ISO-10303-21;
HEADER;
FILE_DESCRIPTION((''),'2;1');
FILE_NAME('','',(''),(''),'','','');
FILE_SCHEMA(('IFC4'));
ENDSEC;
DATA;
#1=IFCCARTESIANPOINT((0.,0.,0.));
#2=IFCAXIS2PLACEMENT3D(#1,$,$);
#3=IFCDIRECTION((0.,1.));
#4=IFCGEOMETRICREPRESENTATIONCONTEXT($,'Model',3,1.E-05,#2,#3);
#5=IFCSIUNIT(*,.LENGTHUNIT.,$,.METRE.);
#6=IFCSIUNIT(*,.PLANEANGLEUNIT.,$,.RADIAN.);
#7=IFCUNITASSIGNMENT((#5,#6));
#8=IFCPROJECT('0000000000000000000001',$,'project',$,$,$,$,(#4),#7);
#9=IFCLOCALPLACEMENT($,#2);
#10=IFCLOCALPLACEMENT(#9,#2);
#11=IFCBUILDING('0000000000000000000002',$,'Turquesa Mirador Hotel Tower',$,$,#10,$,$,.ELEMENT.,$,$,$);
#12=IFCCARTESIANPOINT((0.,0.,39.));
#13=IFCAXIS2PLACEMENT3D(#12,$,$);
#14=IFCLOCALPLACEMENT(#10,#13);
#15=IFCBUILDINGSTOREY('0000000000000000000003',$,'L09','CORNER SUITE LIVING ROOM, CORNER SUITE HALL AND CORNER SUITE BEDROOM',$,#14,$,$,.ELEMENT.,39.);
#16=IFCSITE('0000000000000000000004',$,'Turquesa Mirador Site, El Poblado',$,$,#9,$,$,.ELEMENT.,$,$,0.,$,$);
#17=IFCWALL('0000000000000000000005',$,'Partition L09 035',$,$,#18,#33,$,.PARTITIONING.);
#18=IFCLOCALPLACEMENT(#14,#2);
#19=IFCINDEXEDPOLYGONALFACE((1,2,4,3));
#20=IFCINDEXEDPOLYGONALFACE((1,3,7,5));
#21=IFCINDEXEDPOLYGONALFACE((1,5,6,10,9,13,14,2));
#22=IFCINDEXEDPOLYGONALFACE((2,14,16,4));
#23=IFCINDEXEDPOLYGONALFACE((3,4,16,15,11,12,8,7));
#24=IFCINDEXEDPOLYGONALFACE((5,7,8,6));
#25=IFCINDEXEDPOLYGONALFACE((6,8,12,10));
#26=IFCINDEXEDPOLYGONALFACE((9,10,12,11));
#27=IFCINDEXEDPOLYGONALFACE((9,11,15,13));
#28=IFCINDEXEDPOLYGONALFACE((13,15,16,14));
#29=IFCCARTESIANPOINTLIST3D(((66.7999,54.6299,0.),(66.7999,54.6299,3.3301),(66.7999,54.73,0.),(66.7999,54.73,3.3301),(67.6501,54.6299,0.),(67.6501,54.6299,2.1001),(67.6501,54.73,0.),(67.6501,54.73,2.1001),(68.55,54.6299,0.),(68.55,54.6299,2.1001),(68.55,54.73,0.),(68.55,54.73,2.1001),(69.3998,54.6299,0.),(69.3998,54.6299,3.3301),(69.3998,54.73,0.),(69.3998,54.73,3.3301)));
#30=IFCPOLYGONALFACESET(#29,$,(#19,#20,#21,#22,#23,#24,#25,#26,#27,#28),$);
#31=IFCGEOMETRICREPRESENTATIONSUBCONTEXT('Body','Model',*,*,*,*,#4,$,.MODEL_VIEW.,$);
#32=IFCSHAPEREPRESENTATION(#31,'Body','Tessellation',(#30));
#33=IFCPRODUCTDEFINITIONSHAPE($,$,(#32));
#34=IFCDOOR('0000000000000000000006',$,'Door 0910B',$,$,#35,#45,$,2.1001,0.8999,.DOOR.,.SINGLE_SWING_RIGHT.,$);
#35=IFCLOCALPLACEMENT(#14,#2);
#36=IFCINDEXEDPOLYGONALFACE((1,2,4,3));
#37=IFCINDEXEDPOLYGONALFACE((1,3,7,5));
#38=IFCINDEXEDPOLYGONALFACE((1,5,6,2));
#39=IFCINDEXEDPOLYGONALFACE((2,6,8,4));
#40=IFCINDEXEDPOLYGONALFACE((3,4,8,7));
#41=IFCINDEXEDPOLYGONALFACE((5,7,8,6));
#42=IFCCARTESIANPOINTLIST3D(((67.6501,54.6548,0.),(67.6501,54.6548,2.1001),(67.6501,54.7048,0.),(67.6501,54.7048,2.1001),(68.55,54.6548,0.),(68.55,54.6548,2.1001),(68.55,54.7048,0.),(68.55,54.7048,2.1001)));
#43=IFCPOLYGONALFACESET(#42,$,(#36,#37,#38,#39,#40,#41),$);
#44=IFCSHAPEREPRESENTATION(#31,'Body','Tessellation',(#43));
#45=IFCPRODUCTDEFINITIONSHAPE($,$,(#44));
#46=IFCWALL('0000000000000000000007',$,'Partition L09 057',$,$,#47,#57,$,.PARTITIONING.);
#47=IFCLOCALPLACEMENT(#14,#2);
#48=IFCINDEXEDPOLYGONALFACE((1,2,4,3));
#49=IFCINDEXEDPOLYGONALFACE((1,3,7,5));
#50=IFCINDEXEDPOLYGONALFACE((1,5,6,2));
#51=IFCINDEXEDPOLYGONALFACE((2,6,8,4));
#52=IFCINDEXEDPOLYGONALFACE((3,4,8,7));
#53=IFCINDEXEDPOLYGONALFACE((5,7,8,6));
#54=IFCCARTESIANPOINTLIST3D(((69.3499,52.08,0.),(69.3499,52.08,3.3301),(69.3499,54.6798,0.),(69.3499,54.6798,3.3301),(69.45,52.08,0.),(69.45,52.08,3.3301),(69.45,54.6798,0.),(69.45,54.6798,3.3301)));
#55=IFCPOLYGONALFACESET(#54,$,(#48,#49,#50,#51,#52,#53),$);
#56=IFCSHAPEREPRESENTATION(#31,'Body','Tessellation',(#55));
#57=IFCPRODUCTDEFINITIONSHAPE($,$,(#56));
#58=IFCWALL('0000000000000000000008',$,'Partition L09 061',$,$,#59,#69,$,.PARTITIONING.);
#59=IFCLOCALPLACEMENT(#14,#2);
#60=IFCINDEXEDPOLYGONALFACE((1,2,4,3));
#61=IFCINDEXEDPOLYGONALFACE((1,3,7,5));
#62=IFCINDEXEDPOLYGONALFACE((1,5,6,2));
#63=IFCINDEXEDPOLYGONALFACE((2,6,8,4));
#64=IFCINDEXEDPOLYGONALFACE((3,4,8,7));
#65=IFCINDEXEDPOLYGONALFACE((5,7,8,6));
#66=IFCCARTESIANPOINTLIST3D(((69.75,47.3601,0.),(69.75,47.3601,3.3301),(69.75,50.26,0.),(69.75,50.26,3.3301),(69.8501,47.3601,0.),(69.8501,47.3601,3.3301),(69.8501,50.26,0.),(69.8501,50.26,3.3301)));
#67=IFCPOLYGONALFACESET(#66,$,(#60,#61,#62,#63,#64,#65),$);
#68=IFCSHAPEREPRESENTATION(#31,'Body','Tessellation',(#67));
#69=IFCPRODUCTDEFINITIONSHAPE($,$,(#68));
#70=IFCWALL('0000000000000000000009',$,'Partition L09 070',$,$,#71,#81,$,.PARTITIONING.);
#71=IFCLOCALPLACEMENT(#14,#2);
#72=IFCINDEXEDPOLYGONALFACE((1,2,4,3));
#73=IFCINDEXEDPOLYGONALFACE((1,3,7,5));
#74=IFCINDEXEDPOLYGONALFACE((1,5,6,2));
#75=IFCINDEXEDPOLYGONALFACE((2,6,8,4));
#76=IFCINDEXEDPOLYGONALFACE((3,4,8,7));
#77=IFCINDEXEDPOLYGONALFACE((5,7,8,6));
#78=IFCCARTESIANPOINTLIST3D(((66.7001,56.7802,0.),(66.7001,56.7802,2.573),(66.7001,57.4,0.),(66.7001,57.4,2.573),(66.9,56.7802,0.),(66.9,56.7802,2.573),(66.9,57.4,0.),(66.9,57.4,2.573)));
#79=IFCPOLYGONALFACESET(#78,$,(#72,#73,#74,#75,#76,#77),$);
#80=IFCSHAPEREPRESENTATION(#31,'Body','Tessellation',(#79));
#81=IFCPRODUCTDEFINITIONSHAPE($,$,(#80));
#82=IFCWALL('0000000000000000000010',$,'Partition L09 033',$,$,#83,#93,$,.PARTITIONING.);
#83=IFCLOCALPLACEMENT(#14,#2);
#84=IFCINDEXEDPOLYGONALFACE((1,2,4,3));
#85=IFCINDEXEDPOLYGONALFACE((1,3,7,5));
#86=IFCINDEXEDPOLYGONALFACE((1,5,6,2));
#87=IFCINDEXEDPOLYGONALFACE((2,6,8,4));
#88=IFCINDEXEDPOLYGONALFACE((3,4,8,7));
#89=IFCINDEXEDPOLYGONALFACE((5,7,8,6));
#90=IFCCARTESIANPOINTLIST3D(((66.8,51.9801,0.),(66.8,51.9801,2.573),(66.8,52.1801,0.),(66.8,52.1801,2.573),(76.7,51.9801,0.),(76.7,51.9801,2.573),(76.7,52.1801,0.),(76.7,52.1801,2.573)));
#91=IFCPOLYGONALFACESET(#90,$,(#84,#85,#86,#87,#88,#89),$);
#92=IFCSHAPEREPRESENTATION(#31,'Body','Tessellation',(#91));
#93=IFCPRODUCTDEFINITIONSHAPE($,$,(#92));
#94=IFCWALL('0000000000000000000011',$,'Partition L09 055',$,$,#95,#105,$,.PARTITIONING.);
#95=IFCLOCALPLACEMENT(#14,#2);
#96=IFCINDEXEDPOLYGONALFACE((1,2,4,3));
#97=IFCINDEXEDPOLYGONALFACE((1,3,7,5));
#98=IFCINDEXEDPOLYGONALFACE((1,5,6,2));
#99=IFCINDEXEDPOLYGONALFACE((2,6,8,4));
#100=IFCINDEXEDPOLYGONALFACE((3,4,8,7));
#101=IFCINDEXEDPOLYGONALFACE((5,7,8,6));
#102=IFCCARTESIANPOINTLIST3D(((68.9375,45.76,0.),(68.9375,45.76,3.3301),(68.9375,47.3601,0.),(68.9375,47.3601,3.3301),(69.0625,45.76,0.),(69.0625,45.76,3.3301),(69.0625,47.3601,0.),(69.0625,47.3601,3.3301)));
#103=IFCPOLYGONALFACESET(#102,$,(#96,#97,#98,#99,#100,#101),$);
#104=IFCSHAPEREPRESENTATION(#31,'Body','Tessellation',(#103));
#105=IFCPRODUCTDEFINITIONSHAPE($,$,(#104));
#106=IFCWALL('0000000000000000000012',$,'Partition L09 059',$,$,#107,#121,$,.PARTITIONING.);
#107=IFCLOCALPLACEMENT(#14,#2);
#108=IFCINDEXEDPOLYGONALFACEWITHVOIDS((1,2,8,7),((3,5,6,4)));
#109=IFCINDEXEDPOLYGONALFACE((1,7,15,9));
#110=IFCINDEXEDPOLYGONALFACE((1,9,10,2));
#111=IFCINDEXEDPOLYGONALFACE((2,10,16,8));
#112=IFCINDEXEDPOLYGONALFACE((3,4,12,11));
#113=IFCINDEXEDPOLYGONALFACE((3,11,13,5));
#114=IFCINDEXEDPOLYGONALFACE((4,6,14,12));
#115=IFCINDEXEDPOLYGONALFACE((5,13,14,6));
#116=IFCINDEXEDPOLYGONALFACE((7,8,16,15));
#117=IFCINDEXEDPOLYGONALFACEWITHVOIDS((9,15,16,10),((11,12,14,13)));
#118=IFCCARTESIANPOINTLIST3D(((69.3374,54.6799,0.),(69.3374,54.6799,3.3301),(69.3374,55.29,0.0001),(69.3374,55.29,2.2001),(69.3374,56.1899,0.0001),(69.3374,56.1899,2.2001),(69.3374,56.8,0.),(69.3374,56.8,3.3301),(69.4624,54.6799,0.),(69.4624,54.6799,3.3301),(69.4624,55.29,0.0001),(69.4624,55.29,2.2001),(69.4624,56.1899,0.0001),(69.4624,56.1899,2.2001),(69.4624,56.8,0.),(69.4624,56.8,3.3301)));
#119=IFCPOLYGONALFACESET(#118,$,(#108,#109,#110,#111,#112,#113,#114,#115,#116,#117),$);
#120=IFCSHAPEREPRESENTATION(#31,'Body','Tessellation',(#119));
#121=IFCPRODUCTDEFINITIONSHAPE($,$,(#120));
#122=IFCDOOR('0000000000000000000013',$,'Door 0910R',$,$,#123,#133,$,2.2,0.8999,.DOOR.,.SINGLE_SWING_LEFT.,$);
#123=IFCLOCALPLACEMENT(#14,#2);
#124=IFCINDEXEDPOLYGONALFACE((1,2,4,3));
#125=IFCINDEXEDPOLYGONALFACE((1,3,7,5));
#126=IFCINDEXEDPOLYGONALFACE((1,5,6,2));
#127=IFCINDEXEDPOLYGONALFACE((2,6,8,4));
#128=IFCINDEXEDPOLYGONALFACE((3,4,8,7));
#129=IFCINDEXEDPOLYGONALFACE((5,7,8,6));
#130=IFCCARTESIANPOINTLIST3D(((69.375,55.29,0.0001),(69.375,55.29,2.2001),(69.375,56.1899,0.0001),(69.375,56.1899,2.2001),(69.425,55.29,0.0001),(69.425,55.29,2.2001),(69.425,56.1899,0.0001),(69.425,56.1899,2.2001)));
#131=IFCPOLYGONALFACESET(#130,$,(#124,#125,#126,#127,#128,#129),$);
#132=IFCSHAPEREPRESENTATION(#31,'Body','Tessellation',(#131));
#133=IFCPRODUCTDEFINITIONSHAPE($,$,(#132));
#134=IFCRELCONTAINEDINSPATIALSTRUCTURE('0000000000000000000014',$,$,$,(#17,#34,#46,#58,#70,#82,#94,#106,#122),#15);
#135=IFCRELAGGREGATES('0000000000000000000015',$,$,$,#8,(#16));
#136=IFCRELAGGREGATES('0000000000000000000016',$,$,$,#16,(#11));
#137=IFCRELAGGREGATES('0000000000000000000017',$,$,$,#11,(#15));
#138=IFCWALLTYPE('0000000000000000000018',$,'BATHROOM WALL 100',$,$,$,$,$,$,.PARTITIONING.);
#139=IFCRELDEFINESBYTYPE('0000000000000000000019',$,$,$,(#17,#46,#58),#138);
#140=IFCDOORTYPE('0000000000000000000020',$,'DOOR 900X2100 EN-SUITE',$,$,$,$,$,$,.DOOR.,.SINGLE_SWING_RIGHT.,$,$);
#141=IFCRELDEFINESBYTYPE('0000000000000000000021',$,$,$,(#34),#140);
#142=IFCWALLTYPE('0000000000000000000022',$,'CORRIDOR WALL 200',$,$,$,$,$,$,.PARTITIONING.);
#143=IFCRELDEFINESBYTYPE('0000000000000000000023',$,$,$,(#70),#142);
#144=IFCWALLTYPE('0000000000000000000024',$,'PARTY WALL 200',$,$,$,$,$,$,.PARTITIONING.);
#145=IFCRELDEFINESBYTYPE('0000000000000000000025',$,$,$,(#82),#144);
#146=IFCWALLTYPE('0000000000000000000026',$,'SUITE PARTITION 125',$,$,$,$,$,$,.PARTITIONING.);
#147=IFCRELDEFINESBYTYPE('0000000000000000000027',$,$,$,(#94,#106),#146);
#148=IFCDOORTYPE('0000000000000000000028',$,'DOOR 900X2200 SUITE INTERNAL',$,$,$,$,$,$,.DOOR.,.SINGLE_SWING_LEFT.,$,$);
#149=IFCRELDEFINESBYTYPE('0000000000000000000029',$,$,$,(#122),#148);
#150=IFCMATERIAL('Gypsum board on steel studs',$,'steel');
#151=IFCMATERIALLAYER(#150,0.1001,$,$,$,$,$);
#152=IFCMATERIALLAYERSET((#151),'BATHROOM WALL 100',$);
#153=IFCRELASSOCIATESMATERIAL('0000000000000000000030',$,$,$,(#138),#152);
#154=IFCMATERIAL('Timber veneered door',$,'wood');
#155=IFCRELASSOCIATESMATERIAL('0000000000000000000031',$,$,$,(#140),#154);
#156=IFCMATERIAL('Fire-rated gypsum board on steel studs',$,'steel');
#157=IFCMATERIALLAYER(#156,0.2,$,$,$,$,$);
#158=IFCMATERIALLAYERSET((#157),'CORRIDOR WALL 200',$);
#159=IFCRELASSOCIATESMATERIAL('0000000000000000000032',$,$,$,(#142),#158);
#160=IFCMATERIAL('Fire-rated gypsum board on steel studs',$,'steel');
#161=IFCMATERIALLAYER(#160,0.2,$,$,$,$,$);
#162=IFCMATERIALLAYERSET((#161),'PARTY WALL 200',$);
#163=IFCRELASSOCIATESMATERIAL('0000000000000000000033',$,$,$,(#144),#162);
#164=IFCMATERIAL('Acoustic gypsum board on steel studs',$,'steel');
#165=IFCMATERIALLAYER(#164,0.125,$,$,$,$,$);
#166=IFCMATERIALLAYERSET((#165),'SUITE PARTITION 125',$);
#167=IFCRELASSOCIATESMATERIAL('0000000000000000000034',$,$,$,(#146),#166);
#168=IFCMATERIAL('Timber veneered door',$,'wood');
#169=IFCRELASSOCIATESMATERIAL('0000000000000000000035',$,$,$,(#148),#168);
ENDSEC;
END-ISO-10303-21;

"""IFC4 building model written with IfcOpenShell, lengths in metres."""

from ifc_helpers import new_model, si_unit, direction, frame, frame_2d, origin, place, context, subcontext, project, spatial, rectangle, extrude, material, layer, layer_set, type_object, element, fill, save


model = new_model("IFC4")

# Units and contexts
model_context = context("Model", 3, precision=1e-05, world=origin(), true_north=direction((0.0, 1.0)))
body_context = subcontext(model_context, "Body", "Model", "MODEL_VIEW")
ifc_project = project(units=[si_unit("LENGTHUNIT", "METRE"), si_unit("PLANEANGLEUNIT", "RADIAN")], contexts=[model_context])

# Site, building, storey
site_placement = place(None, origin())
site = spatial("IfcSite", under=ifc_project, at=site_placement, Name="Turquesa Mirador Site, El Poblado", CompositionType="ELEMENT", RefElevation=0.0)
building_placement = place(site_placement, origin())
building = spatial("IfcBuilding", under=site, at=building_placement, Name="Turquesa Mirador Hotel Tower", CompositionType="ELEMENT")
storey_placement = place(building_placement, frame((0.0, 0.0, 39.0)))
storey = spatial("IfcBuildingStorey", under=building, at=storey_placement, Name="L09", Description="CORNER SUITE LIVING ROOM, CORNER SUITE HALL AND CORNER SUITE BEDROOM", CompositionType="ELEMENT", Elevation=39.0)

# Wall, opening, door
ifc_material_1 = material(Name="Gypsum board on steel studs", Category="steel")
ifc_layer_1 = layer(ifc_material_1, 0.1001)
ifc_layer_set_1 = layer_set([ifc_layer_1], Name="BATHROOM WALL 100")
wall_type_1 = type_object("IfcWallType", Name="BATHROOM WALL 100", PredefinedType="PARTITIONING", material=ifc_layer_set_1)
wall_1_placement = place(storey_placement, frame((66.8, 54.6799, 0.0), z_axis=(0.0, 0.0, 1.0), x_axis=(1.0, 0.0, 0.0)))
wall_1 = element("IfcWall", 1, at=wall_1_placement, inside=storey, type_object=wall_type_1, Name="Partition L09 035", PredefinedType="PARTITIONING", context=body_context, shape_type="SweptSolid", body=[
    extrude(rectangle(XDim=2.5999, YDim=0.1001, at=frame_2d((1.2998, 0.0))), origin(), (0.0, 0.0, 1.0), 3.3301),
])
opening_1_placement = place(wall_1_placement, frame((0.8501, 0.0, 0.0)))
opening_1 = element("IfcOpeningElement", 2, at=opening_1_placement, cuts=wall_1, PredefinedType="OPENING", context=body_context, shape_type="SweptSolid", body=[
    extrude(rectangle(XDim=0.8999, YDim=2.1001, at=frame_2d((0.45, 1.05))), frame((0.0, 0.0601, 0.0), z_axis=(0.0, -1.0, 0.0), x_axis=(1.0, 0.0, 0.0)), (0.0, 0.0, 1.0), 0.1201),
])
ifc_material_2 = material(Name="Timber veneered door", Category="wood")
door_type_1 = type_object("IfcDoorType", Name="DOOR 900X2100 EN-SUITE", OperationType="SINGLE_SWING_RIGHT", PredefinedType="DOOR", material=ifc_material_2)
door_1_placement = place(opening_1_placement, origin())
door_1 = element("IfcDoor", 3, at=door_1_placement, inside=storey, type_object=door_type_1, Name="Door 0910B", OperationType="SINGLE_SWING_RIGHT", OverallHeight=2.1001, OverallWidth=0.8999, PredefinedType="DOOR", context=body_context, shape_type="SweptSolid", body=[
    extrude(rectangle(XDim=0.8999, YDim=2.1001, at=frame_2d((0.45, 1.05))), frame((0.0, 0.0249, 0.0), z_axis=(0.0, -1.0, 0.0), x_axis=(1.0, 0.0, 0.0)), (0.0, 0.0, 1.0), 0.05),
])
fill(opening_1, door_1)

# Walls
wall_2_placement = place(storey_placement, frame((69.3999, 52.0801, 0.0), z_axis=(0.0, 0.0, 1.0), x_axis=(0.0, 1.0, 0.0)))
element("IfcWall", 4, at=wall_2_placement, inside=storey, type_object=wall_type_1, Name="Partition L09 057", PredefinedType="PARTITIONING", context=body_context, shape_type="SweptSolid", body=[
    extrude(rectangle(XDim=2.5999, YDim=0.1001, at=frame_2d((1.2998, 0.0))), origin(), (0.0, 0.0, 1.0), 3.3301),
])
wall_3_placement = place(storey_placement, frame((69.8, 47.3601, 0.0), z_axis=(0.0, 0.0, 1.0), x_axis=(0.0, 1.0, 0.0)))
element("IfcWall", 5, at=wall_3_placement, inside=storey, type_object=wall_type_1, Name="Partition L09 061", PredefinedType="PARTITIONING", context=body_context, shape_type="SweptSolid", body=[
    extrude(rectangle(XDim=2.8999, YDim=0.1001, at=frame_2d((1.45, 0.0))), origin(), (0.0, 0.0, 1.0), 3.3301),
])
ifc_material_3 = material(Name="Fire-rated gypsum board on steel studs", Category="steel")
ifc_layer_2 = layer(ifc_material_3, 0.2)
ifc_layer_set_2 = layer_set([ifc_layer_2], Name="CORRIDOR WALL 200")
wall_type_2 = type_object("IfcWallType", Name="CORRIDOR WALL 200", PredefinedType="PARTITIONING", material=ifc_layer_set_2)
wall_4_placement = place(storey_placement, frame((66.8, 56.78, 0.0), z_axis=(0.0, 0.0, 1.0), x_axis=(0.0, 1.0, 0.0)))
element("IfcWall", 6, at=wall_4_placement, inside=storey, type_object=wall_type_2, Name="Partition L09 070", PredefinedType="PARTITIONING", context=body_context, shape_type="SweptSolid", body=[
    extrude(rectangle(XDim=0.6199, YDim=0.2, at=frame_2d((0.3101, 0.0))), origin(), (0.0, 0.0, 1.0), 2.573),
])
ifc_material_4 = material(Name="Fire-rated gypsum board on steel studs", Category="steel")
ifc_layer_3 = layer(ifc_material_4, 0.2)
ifc_layer_set_3 = layer_set([ifc_layer_3], Name="PARTY WALL 200")
wall_type_3 = type_object("IfcWallType", Name="PARTY WALL 200", PredefinedType="PARTITIONING", material=ifc_layer_set_3)
wall_5_placement = place(storey_placement, frame((66.8, 52.0801, 0.0), z_axis=(0.0, 0.0, 1.0), x_axis=(1.0, 0.0, 0.0)))
element("IfcWall", 7, at=wall_5_placement, inside=storey, type_object=wall_type_3, Name="Partition L09 033", PredefinedType="PARTITIONING", context=body_context, shape_type="SweptSolid", body=[
    extrude(rectangle(XDim=9.8999, YDim=0.2, at=frame_2d((4.95, 0.0))), origin(), (0.0, 0.0, 1.0), 2.573),
])
ifc_material_5 = material(Name="Acoustic gypsum board on steel studs", Category="steel")
ifc_layer_4 = layer(ifc_material_5, 0.125)
ifc_layer_set_4 = layer_set([ifc_layer_4], Name="SUITE PARTITION 125")
wall_type_4 = type_object("IfcWallType", Name="SUITE PARTITION 125", PredefinedType="PARTITIONING", material=ifc_layer_set_4)
wall_6_placement = place(storey_placement, frame((69.0, 45.76, 0.0), z_axis=(0.0, 0.0, 1.0), x_axis=(0.0, 1.0, 0.0)))
element("IfcWall", 8, at=wall_6_placement, inside=storey, type_object=wall_type_4, Name="Partition L09 055", PredefinedType="PARTITIONING", context=body_context, shape_type="SweptSolid", body=[
    extrude(rectangle(XDim=1.6001, YDim=0.125, at=frame_2d((0.8, 0.0))), origin(), (0.0, 0.0, 1.0), 3.3301),
])

# Wall, opening, door
wall_7_placement = place(storey_placement, frame((69.3999, 54.6799, 0.0), z_axis=(0.0, 0.0, 1.0), x_axis=(0.0, 1.0, 0.0)))
wall_7 = element("IfcWall", 9, at=wall_7_placement, inside=storey, type_object=wall_type_4, Name="Partition L09 059", PredefinedType="PARTITIONING", context=body_context, shape_type="SweptSolid", body=[
    extrude(rectangle(XDim=2.1201, YDim=0.125, at=frame_2d((1.0601, 0.0))), origin(), (0.0, 0.0, 1.0), 3.3301),
])
opening_2_placement = place(wall_7_placement, frame((0.6101, 0.0, 0.0)))
opening_2 = element("IfcOpeningElement", 10, at=opening_2_placement, cuts=wall_7, PredefinedType="OPENING", context=body_context, shape_type="SweptSolid", body=[
    extrude(rectangle(XDim=0.8999, YDim=2.2, at=frame_2d((0.45, 1.1001))), frame((0.0, 0.0725, 0.0), z_axis=(0.0, -1.0, 0.0), x_axis=(1.0, 0.0, 0.0)), (0.0, 0.0, 1.0), 0.145),
])
ifc_material_6 = material(Name="Timber veneered door", Category="wood")
door_type_2 = type_object("IfcDoorType", Name="DOOR 900X2200 SUITE INTERNAL", OperationType="SINGLE_SWING_LEFT", PredefinedType="DOOR", material=ifc_material_6)
door_2_placement = place(opening_2_placement, origin())
door_2 = element("IfcDoor", 11, at=door_2_placement, inside=storey, type_object=door_type_2, Name="Door 0910R", OperationType="SINGLE_SWING_LEFT", OverallHeight=2.2, OverallWidth=0.8999, PredefinedType="DOOR", context=body_context, shape_type="SweptSolid", body=[
    extrude(rectangle(XDim=0.8999, YDim=2.2, at=frame_2d((0.45, 1.1001))), frame((0.0, 0.0249, 0.0), z_axis=(0.0, -1.0, 0.0), x_axis=(1.0, 0.0, 0.0)), (0.0, 0.0, 1.0), 0.05),
])
fill(opening_2, door_2)

save(model, "model.ifc")
